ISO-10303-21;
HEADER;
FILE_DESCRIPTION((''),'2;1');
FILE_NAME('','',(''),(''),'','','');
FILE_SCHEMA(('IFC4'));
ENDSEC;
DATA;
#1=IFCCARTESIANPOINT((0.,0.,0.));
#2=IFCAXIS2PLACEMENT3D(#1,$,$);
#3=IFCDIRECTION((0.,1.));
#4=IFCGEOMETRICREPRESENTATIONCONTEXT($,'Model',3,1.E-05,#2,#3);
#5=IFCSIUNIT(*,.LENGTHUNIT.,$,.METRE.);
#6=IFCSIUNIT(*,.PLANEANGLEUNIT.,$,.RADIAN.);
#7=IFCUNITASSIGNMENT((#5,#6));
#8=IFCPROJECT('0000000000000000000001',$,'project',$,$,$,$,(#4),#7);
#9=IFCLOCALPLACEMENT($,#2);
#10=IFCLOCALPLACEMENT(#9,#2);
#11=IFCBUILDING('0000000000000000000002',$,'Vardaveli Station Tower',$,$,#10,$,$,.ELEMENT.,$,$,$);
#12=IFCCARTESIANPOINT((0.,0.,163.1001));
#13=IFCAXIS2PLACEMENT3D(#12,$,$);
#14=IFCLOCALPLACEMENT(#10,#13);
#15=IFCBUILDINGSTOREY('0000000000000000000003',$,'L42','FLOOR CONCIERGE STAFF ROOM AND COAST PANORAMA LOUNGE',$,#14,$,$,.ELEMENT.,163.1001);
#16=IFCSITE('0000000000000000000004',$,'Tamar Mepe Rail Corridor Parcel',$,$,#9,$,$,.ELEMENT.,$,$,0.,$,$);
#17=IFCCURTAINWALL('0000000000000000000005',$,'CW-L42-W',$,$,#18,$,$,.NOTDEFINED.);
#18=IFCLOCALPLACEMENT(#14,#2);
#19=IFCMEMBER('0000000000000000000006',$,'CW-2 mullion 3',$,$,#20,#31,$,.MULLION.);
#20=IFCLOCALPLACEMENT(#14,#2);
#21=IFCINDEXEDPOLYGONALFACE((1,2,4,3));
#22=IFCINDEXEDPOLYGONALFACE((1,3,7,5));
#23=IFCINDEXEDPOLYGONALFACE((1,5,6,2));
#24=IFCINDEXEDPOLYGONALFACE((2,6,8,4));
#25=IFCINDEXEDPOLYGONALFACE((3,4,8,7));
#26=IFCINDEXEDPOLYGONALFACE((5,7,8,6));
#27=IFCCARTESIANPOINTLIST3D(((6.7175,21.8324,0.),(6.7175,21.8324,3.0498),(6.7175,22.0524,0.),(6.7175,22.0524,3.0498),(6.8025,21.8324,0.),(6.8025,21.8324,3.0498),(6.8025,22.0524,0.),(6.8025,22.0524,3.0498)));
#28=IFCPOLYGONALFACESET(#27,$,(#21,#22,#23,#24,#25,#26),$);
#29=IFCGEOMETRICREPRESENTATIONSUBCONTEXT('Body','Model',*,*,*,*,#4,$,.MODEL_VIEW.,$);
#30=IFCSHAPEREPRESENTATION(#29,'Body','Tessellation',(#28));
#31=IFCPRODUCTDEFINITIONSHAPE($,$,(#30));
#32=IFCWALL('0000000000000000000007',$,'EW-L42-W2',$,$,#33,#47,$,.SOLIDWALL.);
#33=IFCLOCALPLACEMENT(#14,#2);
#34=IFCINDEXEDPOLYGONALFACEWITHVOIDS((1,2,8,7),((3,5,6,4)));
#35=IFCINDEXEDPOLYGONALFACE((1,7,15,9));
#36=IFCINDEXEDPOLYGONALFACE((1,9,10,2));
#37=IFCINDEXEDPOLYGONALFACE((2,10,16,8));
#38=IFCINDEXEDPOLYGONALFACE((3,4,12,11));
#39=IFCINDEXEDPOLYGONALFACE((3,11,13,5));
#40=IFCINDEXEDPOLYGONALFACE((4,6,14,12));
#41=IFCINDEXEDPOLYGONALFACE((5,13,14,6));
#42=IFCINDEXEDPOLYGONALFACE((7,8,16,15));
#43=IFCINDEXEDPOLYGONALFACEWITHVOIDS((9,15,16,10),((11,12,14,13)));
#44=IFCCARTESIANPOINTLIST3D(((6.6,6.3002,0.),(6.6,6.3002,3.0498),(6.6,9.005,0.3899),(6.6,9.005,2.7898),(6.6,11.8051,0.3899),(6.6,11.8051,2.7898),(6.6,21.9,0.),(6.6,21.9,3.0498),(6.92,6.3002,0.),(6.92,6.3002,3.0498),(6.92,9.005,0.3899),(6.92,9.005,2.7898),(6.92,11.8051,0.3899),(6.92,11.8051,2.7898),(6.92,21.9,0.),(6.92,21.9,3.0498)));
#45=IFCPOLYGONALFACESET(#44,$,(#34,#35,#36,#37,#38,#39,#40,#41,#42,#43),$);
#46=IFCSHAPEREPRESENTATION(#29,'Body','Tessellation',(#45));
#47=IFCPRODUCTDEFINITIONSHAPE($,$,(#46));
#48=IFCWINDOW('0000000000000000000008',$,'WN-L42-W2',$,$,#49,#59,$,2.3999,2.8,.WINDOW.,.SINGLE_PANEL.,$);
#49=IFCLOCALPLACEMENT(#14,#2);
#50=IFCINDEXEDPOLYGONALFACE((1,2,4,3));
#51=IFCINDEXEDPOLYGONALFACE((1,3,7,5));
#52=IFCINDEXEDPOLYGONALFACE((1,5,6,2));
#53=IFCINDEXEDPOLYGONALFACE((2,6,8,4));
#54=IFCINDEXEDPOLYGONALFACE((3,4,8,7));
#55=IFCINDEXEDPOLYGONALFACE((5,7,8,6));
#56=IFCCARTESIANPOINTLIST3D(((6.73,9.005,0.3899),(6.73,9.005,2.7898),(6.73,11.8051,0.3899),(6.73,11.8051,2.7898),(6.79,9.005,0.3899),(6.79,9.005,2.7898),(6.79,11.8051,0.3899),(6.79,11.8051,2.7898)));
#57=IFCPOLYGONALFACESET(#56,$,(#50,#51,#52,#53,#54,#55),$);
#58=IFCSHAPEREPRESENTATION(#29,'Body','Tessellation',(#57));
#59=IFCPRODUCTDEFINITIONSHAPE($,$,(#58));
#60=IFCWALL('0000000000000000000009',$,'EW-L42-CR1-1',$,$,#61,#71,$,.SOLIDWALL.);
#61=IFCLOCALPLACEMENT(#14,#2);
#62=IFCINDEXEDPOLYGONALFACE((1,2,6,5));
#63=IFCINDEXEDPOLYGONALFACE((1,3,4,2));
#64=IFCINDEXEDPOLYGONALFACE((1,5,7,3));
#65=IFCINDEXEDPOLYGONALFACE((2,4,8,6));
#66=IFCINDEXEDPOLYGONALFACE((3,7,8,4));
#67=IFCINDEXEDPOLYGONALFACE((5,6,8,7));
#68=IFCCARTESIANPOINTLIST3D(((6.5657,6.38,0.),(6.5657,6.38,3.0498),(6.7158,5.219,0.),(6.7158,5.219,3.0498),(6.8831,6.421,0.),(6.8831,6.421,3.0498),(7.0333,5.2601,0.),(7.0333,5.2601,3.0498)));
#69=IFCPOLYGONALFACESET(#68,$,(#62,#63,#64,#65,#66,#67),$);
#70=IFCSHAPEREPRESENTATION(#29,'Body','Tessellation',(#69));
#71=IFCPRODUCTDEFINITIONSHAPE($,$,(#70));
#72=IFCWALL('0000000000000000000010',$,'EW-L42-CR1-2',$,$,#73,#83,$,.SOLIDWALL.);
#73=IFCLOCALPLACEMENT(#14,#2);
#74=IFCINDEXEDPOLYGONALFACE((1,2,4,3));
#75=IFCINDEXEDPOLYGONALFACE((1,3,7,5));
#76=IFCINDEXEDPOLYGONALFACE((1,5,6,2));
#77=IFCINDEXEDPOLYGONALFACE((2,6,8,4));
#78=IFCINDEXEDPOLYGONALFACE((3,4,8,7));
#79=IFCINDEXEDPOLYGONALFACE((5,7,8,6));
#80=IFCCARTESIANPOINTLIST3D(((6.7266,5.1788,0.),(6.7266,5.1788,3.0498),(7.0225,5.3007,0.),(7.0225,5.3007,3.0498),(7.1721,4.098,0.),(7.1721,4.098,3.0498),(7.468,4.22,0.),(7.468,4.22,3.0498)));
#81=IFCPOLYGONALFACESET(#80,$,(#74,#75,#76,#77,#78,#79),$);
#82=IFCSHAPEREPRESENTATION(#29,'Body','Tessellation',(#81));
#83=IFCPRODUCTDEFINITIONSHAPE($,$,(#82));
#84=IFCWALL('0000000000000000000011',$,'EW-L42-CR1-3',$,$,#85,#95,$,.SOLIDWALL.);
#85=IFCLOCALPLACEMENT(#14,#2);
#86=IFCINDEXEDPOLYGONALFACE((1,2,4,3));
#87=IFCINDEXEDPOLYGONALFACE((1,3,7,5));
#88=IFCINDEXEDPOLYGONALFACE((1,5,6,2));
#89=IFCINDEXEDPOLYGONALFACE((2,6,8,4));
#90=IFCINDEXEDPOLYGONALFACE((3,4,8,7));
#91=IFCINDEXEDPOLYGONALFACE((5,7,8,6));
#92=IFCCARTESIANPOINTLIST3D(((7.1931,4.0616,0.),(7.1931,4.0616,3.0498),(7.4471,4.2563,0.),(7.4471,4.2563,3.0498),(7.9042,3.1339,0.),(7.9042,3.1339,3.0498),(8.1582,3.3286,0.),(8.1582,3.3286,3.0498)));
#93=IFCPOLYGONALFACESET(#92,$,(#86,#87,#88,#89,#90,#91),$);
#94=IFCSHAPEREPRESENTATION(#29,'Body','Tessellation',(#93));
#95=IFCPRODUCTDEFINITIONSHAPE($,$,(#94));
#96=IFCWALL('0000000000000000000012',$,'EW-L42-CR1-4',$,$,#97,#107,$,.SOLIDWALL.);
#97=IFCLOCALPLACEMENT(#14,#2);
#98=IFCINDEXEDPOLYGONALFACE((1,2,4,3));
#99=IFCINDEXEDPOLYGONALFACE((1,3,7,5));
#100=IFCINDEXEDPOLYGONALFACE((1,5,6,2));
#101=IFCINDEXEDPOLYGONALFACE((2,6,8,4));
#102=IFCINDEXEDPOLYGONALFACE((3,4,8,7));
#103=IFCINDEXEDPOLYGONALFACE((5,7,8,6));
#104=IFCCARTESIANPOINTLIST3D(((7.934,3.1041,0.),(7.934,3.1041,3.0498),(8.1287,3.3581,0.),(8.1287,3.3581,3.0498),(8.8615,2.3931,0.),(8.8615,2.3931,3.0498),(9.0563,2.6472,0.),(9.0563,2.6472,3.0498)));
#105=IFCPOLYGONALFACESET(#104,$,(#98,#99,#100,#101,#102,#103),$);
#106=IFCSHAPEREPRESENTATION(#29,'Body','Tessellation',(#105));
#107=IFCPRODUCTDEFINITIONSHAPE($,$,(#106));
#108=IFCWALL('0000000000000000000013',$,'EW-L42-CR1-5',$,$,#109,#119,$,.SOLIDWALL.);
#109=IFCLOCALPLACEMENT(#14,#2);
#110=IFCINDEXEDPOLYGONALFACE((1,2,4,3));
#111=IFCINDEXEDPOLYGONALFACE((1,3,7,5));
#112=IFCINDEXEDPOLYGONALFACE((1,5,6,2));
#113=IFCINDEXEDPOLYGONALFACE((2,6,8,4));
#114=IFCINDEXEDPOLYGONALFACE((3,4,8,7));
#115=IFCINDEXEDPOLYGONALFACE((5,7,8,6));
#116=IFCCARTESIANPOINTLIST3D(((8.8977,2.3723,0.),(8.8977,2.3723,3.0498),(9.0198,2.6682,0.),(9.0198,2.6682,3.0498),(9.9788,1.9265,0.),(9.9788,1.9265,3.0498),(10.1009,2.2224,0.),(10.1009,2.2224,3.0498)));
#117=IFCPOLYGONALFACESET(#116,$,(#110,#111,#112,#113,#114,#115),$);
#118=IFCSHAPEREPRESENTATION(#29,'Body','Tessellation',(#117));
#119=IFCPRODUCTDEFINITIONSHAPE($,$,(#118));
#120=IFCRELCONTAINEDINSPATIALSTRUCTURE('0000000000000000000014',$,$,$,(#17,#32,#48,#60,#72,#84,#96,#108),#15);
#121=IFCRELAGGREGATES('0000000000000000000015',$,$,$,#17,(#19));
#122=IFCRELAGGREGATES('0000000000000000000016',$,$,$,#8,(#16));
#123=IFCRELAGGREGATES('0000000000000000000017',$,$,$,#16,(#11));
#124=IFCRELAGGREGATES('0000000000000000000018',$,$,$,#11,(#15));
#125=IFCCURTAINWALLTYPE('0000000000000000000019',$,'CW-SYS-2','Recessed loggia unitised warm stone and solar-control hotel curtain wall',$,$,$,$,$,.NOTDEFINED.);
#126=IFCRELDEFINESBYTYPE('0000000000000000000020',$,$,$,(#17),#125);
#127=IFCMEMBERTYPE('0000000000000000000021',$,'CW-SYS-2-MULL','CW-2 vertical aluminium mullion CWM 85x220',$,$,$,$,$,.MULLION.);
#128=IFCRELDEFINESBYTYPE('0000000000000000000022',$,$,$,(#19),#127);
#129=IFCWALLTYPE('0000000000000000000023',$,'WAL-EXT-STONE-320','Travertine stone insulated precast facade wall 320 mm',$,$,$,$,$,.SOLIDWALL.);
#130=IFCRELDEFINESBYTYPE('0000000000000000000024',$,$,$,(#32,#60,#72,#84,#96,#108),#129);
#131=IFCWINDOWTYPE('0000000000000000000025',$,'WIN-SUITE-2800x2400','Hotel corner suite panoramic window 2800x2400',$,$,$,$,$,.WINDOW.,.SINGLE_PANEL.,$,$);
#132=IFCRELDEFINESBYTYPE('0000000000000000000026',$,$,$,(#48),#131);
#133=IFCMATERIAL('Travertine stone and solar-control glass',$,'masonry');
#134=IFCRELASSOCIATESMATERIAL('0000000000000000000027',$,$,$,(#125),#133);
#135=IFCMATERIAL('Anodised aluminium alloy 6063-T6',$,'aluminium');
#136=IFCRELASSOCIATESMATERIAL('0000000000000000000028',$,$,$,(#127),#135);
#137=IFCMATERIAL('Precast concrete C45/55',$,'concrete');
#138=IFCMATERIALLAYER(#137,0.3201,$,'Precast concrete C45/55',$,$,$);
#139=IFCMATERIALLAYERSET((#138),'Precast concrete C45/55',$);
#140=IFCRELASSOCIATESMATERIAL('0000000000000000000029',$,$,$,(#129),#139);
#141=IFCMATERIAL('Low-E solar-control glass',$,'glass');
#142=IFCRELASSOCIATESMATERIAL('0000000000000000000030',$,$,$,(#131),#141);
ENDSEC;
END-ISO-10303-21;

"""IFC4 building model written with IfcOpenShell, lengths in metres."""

from ifc_helpers import new_model, si_unit, direction, frame, frame_2d, origin, origin_2d, place, context, subcontext, project, spatial, rectangle, extrude, source, transform, mapped, material, layer, layer_set, material_profile, profile_set, type_object, element, fill, aggregate, save


model = new_model("IFC4")

# Units and contexts
model_context = context("Model", 3, precision=1e-05, world=origin(), true_north=direction((0.0, 1.0)))
body_context = subcontext(model_context, "Body", "Model", "MODEL_VIEW")
ifc_project = project(units=[si_unit("LENGTHUNIT", "METRE"), si_unit("PLANEANGLEUNIT", "RADIAN")], contexts=[model_context])

# Site, building, storey
site_placement = place(None, origin())
site = spatial("IfcSite", under=ifc_project, at=site_placement, Name="Tamar Mepe Rail Corridor Parcel", CompositionType="ELEMENT", RefElevation=0.0)
building_placement = place(site_placement, origin())
building = spatial("IfcBuilding", under=site, at=building_placement, Name="Vardaveli Station Tower", CompositionType="ELEMENT")
storey_placement = place(building_placement, frame((0.0, 0.0, 163.1001)))
storey = spatial("IfcBuildingStorey", under=building, at=storey_placement, Name="L42", Description="FLOOR CONCIERGE STAFF ROOM AND COAST PANORAMA LOUNGE", CompositionType="ELEMENT", Elevation=163.1001)

# Shared definitions
ifc_material_1 = material(Name="Precast concrete C45/55", Category="concrete")

# Curtain wall, member
ifc_material_2 = material(Name="Travertine stone and solar-control glass", Category="masonry")
curtain_wall_type = type_object("IfcCurtainWallType", Name="CW-SYS-2", Description="Recessed loggia unitised warm stone and solar-control hotel curtain wall", PredefinedType="NOTDEFINED", material=ifc_material_2)
curtain_wall_placement = place(storey_placement, origin())
curtain_wall = element("IfcCurtainWall", 1, at=curtain_wall_placement, inside=storey, type_object=curtain_wall_type, Name="CW-L42-W", PredefinedType="NOTDEFINED")
ifc_material_3 = material(Name="Anodised aluminium alloy 6063-T6", Category="aluminium")
ifc_material_profile_1 = material_profile(ifc_material_3, rectangle(XDim=0.085, YDim=0.22, at=origin_2d()), Name="CWM 85x220")
ifc_profile_set_1 = profile_set([ifc_material_profile_1], Name="Anodised aluminium alloy 6063-T6")
member_type = type_object("IfcMemberType", Name="CW-SYS-2-MULL", Description="CW-2 vertical aluminium mullion CWM 85x220", PredefinedType="MULLION", material=ifc_profile_set_1)
shared_shape_1 = source(origin(), body_context, "Body", "SweptSolid", [
    extrude(rectangle(XDim=0.085, YDim=0.22, at=origin_2d()), origin(), (0.0, 0.0, 1.0), 3.0498),
])
member_placement = place(storey_placement, frame((6.76, 21.9424, 0.0), z_axis=(0.0, 0.0, 1.0), x_axis=(1.0, 0.0, 0.0)))
member = element("IfcMember", 2, at=member_placement, type_object=member_type, Name="CW-2 mullion 3", PredefinedType="MULLION", context=body_context, shape_type="MappedRepresentation", body=[
    mapped(shared_shape_1, transform((0.0, 0.0, 0.0), scale=1.0)),
])
aggregate(curtain_wall, [member])

# Wall, opening, window
ifc_layer_1 = layer(ifc_material_1, 0.3201, Name="Precast concrete C45/55")
ifc_layer_set_1 = layer_set([ifc_layer_1], Name="Precast concrete C45/55")
wall_type_1 = type_object("IfcWallType", Name="WAL-EXT-STONE-320", Description="Travertine stone insulated precast facade wall 320 mm", PredefinedType="SOLIDWALL", material=ifc_layer_set_1)
shared_shape_2 = source(origin(), body_context, "Body", "SweptSolid", [
    extrude(rectangle(XDim=15.5999, YDim=0.3201, at=frame_2d((7.7998, 0.0))), origin(), (0.0, 0.0, 1.0), 3.0498),
])
wall_1_placement = place(storey_placement, frame((6.76, 21.8999, 0.0), z_axis=(0.0, 0.0, 1.0), x_axis=(0.0, -1.0, 0.0)))
wall_1 = element("IfcWall", 3, at=wall_1_placement, inside=storey, type_object=wall_type_1, Name="EW-L42-W2", PredefinedType="SOLIDWALL", context=body_context, shape_type="MappedRepresentation", body=[
    mapped(shared_shape_2, transform((0.0, 0.0, 0.0), scale=1.0)),
])
shared_shape_3 = source(origin(), body_context, "Body", "SweptSolid", [
    extrude(rectangle(XDim=2.8, YDim=2.3999, at=frame_2d((1.3999, 1.2))), frame((0.0, 0.1699, 0.0), z_axis=(0.0, -1.0, 0.0), x_axis=(1.0, 0.0, 0.0)), (0.0, 0.0, 1.0), 0.3401),
])
opening_1_placement = place(wall_1_placement, frame((10.095, 0.0, 0.3899)))
opening_1 = element("IfcOpeningElement", 4, at=opening_1_placement, cuts=wall_1, PredefinedType="OPENING", context=body_context, shape_type="MappedRepresentation", body=[
    mapped(shared_shape_3, transform((0.0, 0.0, 0.0), scale=1.0)),
])
ifc_material_4 = material(Name="Low-E solar-control glass", Category="glass")
window_type = type_object("IfcWindowType", Name="WIN-SUITE-2800x2400", Description="Hotel corner suite panoramic window 2800x2400", PartitioningType="SINGLE_PANEL", PredefinedType="WINDOW", material=ifc_material_4)
shared_shape_4 = source(origin(), body_context, "Body", "SweptSolid", [
    extrude(rectangle(XDim=2.8, YDim=2.3999, at=frame_2d((1.3999, 1.2))), frame((0.0, 0.03, 0.0), z_axis=(0.0, -1.0, 0.0), x_axis=(1.0, 0.0, 0.0)), (0.0, 0.0, 1.0), 0.0601),
])
window_placement = place(opening_1_placement, origin())
window = element("IfcWindow", 5, at=window_placement, inside=storey, type_object=window_type, Name="WN-L42-W2", OverallHeight=2.3999, OverallWidth=2.8, PartitioningType="SINGLE_PANEL", PredefinedType="WINDOW", context=body_context, shape_type="MappedRepresentation", body=[
    mapped(shared_shape_4, transform((0.0, 0.0, 0.0), scale=1.0)),
])
fill(opening_1, window)

# Walls
shared_shape_5 = source(origin(), body_context, "Body", "SweptSolid", [
    extrude(rectangle(XDim=1.1707, YDim=0.3201, at=frame_2d((0.5854, 0.0))), origin(), (0.0, 0.0, 1.0), 3.0498),
])
wall_2_placement = place(storey_placement, frame((6.7244, 6.4006, 0.0), z_axis=(0.0, 0.0, 1.0), x_axis=(0.128269, -0.991739, 0.0)))
element("IfcWall", 6, at=wall_2_placement, inside=storey, type_object=wall_type_1, Name="EW-L42-CR1-1", PredefinedType="SOLIDWALL", context=body_context, shape_type="MappedRepresentation", body=[
    mapped(shared_shape_5, transform((0.0, 0.0, 0.0), scale=1.0)),
])
shared_shape_6 = source(origin(), body_context, "Body", "SweptSolid", [
    extrude(rectangle(XDim=1.1689, YDim=0.3201, at=frame_2d((0.5845, 0.0))), origin(), (0.0, 0.0, 1.0), 3.0498),
])
for number, where, z_axis, x_axis, name in (
    (7, (6.8745, 5.2397, 0.0), (0.0, 0.0, 1.0), (0.381128, -0.924522, 0.0), "EW-L42-CR1-2"),
    (8, (7.3201, 4.1589, 0.0), (0.0, 0.0, 1.0), (0.608388, -0.79364, 0.0), "EW-L42-CR1-3"),
):
    element("IfcWall", number, at=place(storey_placement, frame(where, z_axis=z_axis, x_axis=x_axis)), inside=storey, type_object=wall_type_1, Name=name, PredefinedType="SOLIDWALL", context=body_context, shape_type="MappedRepresentation", body=[
        mapped(shared_shape_6, transform((0.0, 0.0, 0.0), scale=1.0)),
    ])
shared_shape_7 = source(origin(), body_context, "Body", "SweptSolid", [
    extrude(rectangle(XDim=1.1687, YDim=0.3201, at=frame_2d((0.5845, 0.0))), origin(), (0.0, 0.0, 1.0), 3.0498),
])
wall_3_placement = place(storey_placement, frame((8.0312, 3.2312, 0.0), z_axis=(0.0, 0.0, 1.0), x_axis=(0.793664, -0.608357, 0.0)))
element("IfcWall", 9, at=wall_3_placement, inside=storey, type_object=wall_type_1, Name="EW-L42-CR1-4", PredefinedType="SOLIDWALL", context=body_context, shape_type="MappedRepresentation", body=[
    mapped(shared_shape_7, transform((0.0, 0.0, 0.0), scale=1.0)),
])
shared_shape_8 = source(origin(), body_context, "Body", "SweptSolid", [
    extrude(rectangle(XDim=1.1694, YDim=0.3201, at=frame_2d((0.5847, 0.0))), origin(), (0.0, 0.0, 1.0), 3.0498),
])
wall_4_placement = place(storey_placement, frame((8.9587, 2.5203, 0.0), z_axis=(0.0, 0.0, 1.0), x_axis=(0.924479, -0.381233, 0.0)))
element("IfcWall", 10, at=wall_4_placement, inside=storey, type_object=wall_type_1, Name="EW-L42-CR1-5", PredefinedType="SOLIDWALL", context=body_context, shape_type="MappedRepresentation", body=[
    mapped(shared_shape_8, transform((0.0, 0.0, 0.0), scale=1.0)),
])

save(model, "model.ifc")
